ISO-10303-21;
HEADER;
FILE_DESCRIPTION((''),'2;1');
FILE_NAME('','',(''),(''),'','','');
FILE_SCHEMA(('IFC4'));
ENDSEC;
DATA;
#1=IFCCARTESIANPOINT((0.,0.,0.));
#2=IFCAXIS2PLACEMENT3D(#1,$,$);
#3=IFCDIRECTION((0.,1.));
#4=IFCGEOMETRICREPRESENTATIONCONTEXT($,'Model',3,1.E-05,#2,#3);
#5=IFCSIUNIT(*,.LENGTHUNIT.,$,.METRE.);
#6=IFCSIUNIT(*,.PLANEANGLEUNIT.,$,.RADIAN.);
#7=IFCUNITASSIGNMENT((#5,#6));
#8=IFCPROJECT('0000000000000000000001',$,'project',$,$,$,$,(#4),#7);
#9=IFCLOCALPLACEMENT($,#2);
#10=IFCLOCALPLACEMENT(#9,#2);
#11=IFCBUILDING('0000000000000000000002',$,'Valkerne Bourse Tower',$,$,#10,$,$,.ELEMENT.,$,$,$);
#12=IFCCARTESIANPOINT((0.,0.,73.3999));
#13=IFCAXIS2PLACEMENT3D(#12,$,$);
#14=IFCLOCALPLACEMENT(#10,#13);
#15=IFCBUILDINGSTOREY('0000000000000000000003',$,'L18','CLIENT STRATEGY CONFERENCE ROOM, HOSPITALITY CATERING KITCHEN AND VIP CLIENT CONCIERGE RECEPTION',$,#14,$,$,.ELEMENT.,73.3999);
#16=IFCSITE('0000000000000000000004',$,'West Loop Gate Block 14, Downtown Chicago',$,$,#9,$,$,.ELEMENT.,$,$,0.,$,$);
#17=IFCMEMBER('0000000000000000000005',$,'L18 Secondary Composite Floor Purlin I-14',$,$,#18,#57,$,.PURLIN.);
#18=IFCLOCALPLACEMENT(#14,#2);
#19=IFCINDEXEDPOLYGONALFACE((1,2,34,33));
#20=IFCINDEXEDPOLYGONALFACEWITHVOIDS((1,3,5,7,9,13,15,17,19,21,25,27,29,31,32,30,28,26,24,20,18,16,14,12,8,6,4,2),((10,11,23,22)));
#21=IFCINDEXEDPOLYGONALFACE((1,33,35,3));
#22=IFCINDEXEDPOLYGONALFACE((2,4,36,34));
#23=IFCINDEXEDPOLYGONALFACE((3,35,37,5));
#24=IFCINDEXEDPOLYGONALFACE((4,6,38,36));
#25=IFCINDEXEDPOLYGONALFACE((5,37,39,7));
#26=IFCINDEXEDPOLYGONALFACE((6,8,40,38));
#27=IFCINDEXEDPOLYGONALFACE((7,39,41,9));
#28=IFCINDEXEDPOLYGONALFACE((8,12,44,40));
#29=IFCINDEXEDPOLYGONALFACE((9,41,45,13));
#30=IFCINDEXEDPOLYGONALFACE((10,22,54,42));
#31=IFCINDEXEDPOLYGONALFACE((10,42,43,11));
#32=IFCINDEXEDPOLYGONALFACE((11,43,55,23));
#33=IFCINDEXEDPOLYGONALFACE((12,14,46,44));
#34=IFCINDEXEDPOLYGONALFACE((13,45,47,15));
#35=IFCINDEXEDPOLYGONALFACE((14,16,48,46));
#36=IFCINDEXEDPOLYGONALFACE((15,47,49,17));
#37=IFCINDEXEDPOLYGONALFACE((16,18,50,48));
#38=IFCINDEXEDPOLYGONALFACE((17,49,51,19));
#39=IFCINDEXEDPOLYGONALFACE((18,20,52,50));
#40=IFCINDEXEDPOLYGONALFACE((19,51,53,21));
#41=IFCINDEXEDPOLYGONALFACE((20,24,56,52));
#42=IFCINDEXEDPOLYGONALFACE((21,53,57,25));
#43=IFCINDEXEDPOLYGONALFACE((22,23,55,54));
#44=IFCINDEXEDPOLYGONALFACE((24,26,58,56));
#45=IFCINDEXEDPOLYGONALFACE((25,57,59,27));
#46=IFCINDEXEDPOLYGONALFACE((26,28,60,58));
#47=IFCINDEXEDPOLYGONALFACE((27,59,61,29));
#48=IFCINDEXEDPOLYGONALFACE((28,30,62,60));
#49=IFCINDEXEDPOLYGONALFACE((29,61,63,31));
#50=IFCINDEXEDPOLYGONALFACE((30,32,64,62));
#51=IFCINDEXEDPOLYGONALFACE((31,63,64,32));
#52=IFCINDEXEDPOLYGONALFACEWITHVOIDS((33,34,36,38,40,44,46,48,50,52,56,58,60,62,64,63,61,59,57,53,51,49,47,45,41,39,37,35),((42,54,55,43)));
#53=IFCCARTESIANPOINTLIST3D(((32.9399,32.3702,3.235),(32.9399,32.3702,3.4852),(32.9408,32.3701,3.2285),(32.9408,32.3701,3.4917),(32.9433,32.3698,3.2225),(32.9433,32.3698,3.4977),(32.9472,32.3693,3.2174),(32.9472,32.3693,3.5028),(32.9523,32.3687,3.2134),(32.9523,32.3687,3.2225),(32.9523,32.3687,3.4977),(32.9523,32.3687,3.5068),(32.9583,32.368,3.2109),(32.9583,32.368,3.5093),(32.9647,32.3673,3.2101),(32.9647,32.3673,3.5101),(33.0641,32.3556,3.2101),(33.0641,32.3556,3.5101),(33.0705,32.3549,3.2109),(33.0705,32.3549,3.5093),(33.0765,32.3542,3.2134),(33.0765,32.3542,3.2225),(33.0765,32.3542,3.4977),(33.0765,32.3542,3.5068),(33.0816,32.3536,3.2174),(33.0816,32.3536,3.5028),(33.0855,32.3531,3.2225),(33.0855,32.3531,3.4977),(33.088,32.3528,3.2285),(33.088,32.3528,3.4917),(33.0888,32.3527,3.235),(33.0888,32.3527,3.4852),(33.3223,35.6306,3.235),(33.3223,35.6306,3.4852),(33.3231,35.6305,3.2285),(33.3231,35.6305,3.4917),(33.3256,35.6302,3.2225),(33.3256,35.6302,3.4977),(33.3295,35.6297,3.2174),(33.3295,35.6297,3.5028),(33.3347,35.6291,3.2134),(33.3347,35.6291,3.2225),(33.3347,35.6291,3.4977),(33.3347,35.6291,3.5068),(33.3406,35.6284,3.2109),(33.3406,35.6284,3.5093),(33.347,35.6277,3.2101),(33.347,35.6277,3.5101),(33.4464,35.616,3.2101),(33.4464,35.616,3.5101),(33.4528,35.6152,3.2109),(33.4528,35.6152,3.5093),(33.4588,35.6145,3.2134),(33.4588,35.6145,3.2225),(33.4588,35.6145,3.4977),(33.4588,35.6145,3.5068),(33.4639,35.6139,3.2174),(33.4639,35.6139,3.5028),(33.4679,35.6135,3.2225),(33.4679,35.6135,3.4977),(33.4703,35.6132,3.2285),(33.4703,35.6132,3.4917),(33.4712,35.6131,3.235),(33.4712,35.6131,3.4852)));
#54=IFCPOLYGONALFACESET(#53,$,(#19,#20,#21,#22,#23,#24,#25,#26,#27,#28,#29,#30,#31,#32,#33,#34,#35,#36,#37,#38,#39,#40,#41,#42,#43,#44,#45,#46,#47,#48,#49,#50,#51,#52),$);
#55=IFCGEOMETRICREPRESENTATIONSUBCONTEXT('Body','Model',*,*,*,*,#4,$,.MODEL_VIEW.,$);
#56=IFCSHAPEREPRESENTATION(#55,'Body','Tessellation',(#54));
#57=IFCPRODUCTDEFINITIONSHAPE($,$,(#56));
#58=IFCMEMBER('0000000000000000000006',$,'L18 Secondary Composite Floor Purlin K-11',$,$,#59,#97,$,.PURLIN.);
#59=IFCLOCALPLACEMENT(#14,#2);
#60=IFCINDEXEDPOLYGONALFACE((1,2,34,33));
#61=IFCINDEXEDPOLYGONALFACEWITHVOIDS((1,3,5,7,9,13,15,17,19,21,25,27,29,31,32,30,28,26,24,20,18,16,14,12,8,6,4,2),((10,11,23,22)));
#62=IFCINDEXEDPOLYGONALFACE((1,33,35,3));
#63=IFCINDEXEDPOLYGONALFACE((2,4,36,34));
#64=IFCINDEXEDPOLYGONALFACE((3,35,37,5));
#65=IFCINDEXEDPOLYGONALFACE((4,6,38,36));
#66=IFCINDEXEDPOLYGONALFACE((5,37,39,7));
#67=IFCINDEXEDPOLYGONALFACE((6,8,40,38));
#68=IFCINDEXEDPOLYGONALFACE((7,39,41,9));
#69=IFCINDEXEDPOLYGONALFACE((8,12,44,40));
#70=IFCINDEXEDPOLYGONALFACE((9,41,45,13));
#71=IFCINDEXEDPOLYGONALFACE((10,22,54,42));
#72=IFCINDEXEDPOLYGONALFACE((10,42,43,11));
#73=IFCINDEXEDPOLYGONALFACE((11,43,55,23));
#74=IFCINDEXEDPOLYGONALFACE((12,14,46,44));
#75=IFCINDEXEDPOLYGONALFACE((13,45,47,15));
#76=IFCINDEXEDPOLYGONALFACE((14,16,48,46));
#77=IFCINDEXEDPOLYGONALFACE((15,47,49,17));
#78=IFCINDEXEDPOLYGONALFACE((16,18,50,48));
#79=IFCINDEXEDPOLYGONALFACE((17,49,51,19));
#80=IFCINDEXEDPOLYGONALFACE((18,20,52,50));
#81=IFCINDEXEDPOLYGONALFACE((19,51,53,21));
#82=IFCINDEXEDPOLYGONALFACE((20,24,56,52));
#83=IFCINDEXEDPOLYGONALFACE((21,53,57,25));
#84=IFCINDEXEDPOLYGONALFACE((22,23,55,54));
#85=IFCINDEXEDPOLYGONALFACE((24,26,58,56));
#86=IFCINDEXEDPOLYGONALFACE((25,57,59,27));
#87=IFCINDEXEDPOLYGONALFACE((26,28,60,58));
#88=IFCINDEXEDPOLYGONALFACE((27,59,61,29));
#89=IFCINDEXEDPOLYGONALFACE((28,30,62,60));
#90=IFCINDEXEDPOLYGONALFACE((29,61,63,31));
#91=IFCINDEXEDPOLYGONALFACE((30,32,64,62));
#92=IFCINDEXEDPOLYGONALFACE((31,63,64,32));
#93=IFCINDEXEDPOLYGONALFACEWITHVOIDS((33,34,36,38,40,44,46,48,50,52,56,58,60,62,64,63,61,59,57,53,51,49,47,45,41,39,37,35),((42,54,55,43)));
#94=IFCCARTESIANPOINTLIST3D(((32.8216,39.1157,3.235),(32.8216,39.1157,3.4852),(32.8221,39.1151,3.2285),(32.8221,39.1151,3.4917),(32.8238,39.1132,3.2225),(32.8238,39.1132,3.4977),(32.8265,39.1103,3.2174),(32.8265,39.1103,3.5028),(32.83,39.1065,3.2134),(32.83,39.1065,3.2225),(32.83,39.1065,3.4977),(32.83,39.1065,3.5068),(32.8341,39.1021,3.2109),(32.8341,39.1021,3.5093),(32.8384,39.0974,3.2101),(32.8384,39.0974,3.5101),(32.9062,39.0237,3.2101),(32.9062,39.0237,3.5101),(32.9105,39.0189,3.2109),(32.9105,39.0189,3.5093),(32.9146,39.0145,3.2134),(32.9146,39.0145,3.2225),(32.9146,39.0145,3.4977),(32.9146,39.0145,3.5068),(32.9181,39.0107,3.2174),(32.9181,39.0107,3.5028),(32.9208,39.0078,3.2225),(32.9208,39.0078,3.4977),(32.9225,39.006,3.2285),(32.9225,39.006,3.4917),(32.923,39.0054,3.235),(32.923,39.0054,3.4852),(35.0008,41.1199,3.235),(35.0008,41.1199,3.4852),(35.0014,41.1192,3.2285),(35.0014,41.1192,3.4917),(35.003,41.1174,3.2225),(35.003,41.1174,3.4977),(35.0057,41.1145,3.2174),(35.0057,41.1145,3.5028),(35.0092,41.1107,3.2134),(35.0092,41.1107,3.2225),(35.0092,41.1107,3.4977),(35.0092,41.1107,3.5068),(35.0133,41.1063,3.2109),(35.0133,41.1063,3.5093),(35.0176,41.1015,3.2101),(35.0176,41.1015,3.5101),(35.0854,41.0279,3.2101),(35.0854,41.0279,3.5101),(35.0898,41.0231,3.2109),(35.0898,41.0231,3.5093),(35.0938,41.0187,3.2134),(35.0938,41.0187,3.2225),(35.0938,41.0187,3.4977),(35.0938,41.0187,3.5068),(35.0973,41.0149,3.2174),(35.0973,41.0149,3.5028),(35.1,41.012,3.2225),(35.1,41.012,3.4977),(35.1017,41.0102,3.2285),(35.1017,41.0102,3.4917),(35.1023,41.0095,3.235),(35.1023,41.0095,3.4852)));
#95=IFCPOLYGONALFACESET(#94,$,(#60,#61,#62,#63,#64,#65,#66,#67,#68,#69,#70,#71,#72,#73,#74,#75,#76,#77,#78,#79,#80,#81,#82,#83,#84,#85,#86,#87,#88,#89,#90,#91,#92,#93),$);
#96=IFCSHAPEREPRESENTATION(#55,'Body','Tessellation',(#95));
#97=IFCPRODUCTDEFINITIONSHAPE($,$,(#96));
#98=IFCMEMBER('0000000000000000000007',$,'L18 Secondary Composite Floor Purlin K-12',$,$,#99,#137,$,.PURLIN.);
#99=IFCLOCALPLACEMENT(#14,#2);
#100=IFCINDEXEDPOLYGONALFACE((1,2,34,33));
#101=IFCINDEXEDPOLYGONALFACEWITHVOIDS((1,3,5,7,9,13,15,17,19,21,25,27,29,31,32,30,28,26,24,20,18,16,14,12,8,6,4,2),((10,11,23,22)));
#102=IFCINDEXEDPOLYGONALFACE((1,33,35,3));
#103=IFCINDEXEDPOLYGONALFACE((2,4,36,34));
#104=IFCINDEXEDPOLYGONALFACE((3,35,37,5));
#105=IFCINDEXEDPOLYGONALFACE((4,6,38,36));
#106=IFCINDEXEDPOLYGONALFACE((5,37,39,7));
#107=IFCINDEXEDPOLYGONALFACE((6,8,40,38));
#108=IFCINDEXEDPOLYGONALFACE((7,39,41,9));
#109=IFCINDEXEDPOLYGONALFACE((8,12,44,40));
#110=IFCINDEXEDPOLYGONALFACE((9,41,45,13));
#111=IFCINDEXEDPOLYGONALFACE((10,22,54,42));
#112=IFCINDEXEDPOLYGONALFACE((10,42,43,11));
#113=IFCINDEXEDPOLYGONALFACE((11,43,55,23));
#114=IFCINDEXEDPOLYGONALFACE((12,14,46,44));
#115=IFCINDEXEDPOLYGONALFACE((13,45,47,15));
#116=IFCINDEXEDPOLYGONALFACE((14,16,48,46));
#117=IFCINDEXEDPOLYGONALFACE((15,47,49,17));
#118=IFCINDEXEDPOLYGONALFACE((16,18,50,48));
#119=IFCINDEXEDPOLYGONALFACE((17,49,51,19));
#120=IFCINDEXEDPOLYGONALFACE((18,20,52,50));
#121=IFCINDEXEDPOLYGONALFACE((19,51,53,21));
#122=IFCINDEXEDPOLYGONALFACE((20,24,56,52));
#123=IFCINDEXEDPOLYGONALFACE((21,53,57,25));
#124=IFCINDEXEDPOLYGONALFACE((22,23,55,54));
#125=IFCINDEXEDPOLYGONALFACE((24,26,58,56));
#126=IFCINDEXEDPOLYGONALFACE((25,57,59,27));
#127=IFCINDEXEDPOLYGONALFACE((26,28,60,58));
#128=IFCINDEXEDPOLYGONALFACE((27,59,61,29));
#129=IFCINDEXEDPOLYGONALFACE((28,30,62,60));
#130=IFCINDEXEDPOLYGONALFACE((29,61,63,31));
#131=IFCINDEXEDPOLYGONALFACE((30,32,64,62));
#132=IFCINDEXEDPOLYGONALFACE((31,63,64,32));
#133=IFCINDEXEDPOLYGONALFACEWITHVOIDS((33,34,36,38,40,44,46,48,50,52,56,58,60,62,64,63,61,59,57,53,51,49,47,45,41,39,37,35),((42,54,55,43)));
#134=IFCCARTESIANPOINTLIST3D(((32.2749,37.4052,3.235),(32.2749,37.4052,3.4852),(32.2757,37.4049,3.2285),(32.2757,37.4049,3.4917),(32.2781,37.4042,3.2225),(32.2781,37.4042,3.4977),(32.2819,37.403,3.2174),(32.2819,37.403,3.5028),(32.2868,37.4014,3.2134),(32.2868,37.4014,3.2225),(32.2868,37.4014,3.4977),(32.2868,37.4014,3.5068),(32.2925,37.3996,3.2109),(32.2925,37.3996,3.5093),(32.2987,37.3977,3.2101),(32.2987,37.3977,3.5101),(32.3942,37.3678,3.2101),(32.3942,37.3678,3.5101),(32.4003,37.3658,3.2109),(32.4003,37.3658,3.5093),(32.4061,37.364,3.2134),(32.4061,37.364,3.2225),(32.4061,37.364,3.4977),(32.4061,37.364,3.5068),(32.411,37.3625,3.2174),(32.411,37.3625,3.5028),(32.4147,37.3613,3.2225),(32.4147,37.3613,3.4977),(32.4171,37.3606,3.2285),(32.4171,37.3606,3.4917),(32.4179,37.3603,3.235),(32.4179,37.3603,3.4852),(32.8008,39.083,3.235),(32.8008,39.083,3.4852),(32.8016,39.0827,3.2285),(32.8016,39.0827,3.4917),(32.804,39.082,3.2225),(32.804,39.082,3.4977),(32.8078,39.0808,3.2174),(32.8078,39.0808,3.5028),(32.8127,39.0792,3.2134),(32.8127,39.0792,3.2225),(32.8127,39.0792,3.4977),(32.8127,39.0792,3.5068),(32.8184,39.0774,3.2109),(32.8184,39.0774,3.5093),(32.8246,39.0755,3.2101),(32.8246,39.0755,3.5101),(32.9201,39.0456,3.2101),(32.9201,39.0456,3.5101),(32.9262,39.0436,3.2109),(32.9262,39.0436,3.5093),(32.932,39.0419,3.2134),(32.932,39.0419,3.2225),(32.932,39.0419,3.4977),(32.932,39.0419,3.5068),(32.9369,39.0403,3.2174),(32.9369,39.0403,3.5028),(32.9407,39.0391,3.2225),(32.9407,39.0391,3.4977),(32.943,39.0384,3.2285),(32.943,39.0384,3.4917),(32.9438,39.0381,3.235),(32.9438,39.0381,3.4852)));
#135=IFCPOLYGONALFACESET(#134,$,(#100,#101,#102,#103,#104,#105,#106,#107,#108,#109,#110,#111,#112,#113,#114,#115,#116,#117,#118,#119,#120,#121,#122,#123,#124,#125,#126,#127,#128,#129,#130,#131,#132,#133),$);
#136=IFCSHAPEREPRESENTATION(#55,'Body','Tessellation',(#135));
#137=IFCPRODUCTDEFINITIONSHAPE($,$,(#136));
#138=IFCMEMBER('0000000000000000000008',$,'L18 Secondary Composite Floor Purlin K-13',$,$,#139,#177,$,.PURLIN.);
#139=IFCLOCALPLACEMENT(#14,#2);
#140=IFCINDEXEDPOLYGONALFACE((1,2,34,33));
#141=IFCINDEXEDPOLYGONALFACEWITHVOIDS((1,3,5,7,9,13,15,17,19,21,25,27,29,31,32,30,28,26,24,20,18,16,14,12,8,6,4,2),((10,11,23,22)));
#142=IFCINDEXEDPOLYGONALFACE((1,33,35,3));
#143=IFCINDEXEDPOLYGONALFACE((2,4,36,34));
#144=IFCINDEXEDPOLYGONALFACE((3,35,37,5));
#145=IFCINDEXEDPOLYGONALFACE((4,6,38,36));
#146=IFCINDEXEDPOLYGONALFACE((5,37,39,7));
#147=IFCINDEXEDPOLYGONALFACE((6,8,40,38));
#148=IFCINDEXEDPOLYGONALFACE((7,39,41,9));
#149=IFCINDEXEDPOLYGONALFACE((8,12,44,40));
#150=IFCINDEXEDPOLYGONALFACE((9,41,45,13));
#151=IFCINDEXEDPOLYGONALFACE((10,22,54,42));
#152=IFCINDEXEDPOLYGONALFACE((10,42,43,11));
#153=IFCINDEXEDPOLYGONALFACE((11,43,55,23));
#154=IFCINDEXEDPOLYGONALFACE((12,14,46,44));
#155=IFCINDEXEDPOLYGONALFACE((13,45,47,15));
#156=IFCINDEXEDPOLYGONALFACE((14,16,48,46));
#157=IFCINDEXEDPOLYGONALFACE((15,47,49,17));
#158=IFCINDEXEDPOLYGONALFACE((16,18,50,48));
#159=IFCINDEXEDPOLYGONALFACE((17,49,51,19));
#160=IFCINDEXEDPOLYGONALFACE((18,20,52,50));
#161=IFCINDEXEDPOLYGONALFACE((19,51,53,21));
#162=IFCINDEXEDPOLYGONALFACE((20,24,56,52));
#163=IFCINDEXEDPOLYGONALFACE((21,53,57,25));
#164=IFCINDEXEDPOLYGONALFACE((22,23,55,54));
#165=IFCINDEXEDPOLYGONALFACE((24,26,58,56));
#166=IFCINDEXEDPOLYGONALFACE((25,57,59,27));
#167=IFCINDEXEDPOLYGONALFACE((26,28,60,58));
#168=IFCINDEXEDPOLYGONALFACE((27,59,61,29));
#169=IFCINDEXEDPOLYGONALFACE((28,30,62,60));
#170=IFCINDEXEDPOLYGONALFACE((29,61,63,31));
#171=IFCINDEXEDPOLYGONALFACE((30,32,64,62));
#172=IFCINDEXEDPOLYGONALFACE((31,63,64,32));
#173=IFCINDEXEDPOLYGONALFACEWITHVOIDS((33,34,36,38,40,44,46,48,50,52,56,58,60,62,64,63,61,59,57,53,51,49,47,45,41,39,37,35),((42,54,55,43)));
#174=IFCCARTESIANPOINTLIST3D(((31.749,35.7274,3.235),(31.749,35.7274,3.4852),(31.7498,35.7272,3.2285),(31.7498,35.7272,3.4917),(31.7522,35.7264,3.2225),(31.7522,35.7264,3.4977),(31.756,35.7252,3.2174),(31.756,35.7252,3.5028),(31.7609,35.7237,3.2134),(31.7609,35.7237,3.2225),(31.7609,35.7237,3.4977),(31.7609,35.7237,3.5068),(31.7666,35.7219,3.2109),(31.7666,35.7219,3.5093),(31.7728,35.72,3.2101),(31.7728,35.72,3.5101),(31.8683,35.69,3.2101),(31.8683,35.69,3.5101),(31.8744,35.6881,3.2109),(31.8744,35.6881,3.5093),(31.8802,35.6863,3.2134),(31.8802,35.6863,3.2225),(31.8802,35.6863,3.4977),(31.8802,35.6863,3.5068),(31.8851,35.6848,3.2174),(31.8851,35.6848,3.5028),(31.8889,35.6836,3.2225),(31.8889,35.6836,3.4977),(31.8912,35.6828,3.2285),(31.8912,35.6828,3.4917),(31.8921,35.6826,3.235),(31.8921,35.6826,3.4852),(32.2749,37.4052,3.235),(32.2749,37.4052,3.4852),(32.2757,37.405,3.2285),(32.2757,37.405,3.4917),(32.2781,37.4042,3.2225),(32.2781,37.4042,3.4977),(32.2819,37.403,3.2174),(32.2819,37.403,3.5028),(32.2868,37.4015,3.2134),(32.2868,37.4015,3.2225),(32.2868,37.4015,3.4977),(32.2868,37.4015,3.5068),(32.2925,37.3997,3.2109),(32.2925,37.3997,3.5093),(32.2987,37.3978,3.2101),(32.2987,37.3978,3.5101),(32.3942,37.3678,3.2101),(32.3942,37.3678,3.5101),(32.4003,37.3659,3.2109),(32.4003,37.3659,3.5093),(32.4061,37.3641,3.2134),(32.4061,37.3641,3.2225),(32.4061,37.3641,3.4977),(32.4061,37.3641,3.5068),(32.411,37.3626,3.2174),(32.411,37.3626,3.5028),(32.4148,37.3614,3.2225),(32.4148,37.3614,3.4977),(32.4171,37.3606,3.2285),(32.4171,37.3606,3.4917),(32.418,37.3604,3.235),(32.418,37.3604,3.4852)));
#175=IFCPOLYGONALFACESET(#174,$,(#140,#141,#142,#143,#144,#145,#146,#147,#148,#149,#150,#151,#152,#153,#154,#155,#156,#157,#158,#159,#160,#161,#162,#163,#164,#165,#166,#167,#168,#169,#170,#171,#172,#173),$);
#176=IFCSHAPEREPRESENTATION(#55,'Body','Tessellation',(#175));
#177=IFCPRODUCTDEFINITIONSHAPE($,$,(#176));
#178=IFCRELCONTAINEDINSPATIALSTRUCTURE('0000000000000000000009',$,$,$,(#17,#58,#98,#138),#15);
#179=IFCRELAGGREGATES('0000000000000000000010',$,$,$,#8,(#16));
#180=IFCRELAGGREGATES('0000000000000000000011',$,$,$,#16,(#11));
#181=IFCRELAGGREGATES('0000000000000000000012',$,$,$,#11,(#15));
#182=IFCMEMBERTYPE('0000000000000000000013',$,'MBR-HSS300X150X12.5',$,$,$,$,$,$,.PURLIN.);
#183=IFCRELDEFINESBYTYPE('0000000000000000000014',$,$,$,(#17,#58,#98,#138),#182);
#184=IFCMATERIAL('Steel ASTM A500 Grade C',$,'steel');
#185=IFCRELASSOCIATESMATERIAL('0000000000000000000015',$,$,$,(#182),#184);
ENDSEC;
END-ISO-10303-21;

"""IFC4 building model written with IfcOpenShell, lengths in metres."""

from ifc_helpers import new_model, si_unit, direction, frame, origin, origin_2d, place, context, subcontext, project, spatial, hollow_rectangle, extrude, material, material_profile, profile_set, type_object, element, save


model = new_model("IFC4")

# Units and contexts
model_context = context("Model", 3, precision=1e-05, world=origin(), true_north=direction((0.0, 1.0)))
body_context = subcontext(model_context, "Body", "Model", "MODEL_VIEW")
ifc_project = project(units=[si_unit("LENGTHUNIT", "METRE"), si_unit("PLANEANGLEUNIT", "RADIAN")], contexts=[model_context])

# Site, building, storey
site_placement = place(None, origin())
site = spatial("IfcSite", under=ifc_project, at=site_placement, Name="West Loop Gate Block 14, Downtown Chicago", CompositionType="ELEMENT", RefElevation=0.0)
building_placement = place(site_placement, origin())
building = spatial("IfcBuilding", under=site, at=building_placement, Name="Valkerne Bourse Tower", CompositionType="ELEMENT")
storey_placement = place(building_placement, frame((0.0, 0.0, 73.3999)))
storey = spatial("IfcBuildingStorey", under=building, at=storey_placement, Name="L18", Description="CLIENT STRATEGY CONFERENCE ROOM, HOSPITALITY CATERING KITCHEN AND VIP CLIENT CONCIERGE RECEPTION", CompositionType="ELEMENT", Elevation=73.3999)

# Members
ifc_material_1 = material(Name="Steel ASTM A500 Grade C", Category="steel")
ifc_material_profile_1 = material_profile(ifc_material_1, hollow_rectangle(XDim=0.1499, YDim=0.3, WallThickness=0.0125, OuterFilletRadius=0.0249, at=origin_2d()), Name="HSS300X150X12.5")
ifc_profile_set_1 = profile_set([ifc_material_profile_1], Name="Steel ASTM A500 Grade C")
member_type_1 = type_object("IfcMemberType", Name="MBR-HSS300X150X12.5", PredefinedType="PURLIN", material=ifc_profile_set_1)
member_1_placement = place(storey_placement, frame((33.3967, 35.6218, 3.3601), z_axis=(-0.11647, -0.993194, 0.0), x_axis=(0.993194, -0.11647, 0.0)))
element("IfcMember", 1, at=member_1_placement, inside=storey, type_object=member_type_1, Name="L18 Secondary Composite Floor Purlin I-14", PredefinedType="PURLIN", context=body_context, shape_type="SweptSolid", body=[
    extrude(hollow_rectangle(XDim=0.1499, YDim=0.3, WallThickness=0.0125, OuterFilletRadius=0.0249, at=origin_2d()), origin(), (0.0, 0.0, 1.0), 3.2827),
])
member_2_placement = place(storey_placement, frame((35.0515, 41.0647, 3.3601), z_axis=(-0.736051, -0.676926, 0.0), x_axis=(0.676926, -0.736051, 0.0)))
element("IfcMember", 2, at=member_2_placement, inside=storey, type_object=member_type_1, Name="L18 Secondary Composite Floor Purlin K-11", PredefinedType="PURLIN", context=body_context, shape_type="SweptSolid", body=[
    extrude(hollow_rectangle(XDim=0.1499, YDim=0.3, WallThickness=0.0125, OuterFilletRadius=0.0249, at=origin_2d()), origin(), (0.0, 0.0, 1.0), 2.9607),
])
for number, where, z_axis, x_axis, name in (
    (3, (32.8723, 39.0605, 3.3601), (-0.299097, -0.954223, 0.0), (0.954223, -0.299097, 0.0), "L18 Secondary Composite Floor Purlin K-12"),
    (4, (32.3464, 37.3828, 3.3601), (-0.299097, -0.954223, 0.0), (0.954223, -0.299097, 0.0), "L18 Secondary Composite Floor Purlin K-13"),
):
    element("IfcMember", number, at=place(storey_placement, frame(where, z_axis=z_axis, x_axis=x_axis)), inside=storey, type_object=member_type_1, Name=name, PredefinedType="PURLIN", context=body_context, shape_type="SweptSolid", body=[
        extrude(hollow_rectangle(XDim=0.1499, YDim=0.3, WallThickness=0.0125, OuterFilletRadius=0.0249, at=origin_2d()), origin(), (0.0, 0.0, 1.0), 1.7583),
    ])

save(model, "model.ifc")
